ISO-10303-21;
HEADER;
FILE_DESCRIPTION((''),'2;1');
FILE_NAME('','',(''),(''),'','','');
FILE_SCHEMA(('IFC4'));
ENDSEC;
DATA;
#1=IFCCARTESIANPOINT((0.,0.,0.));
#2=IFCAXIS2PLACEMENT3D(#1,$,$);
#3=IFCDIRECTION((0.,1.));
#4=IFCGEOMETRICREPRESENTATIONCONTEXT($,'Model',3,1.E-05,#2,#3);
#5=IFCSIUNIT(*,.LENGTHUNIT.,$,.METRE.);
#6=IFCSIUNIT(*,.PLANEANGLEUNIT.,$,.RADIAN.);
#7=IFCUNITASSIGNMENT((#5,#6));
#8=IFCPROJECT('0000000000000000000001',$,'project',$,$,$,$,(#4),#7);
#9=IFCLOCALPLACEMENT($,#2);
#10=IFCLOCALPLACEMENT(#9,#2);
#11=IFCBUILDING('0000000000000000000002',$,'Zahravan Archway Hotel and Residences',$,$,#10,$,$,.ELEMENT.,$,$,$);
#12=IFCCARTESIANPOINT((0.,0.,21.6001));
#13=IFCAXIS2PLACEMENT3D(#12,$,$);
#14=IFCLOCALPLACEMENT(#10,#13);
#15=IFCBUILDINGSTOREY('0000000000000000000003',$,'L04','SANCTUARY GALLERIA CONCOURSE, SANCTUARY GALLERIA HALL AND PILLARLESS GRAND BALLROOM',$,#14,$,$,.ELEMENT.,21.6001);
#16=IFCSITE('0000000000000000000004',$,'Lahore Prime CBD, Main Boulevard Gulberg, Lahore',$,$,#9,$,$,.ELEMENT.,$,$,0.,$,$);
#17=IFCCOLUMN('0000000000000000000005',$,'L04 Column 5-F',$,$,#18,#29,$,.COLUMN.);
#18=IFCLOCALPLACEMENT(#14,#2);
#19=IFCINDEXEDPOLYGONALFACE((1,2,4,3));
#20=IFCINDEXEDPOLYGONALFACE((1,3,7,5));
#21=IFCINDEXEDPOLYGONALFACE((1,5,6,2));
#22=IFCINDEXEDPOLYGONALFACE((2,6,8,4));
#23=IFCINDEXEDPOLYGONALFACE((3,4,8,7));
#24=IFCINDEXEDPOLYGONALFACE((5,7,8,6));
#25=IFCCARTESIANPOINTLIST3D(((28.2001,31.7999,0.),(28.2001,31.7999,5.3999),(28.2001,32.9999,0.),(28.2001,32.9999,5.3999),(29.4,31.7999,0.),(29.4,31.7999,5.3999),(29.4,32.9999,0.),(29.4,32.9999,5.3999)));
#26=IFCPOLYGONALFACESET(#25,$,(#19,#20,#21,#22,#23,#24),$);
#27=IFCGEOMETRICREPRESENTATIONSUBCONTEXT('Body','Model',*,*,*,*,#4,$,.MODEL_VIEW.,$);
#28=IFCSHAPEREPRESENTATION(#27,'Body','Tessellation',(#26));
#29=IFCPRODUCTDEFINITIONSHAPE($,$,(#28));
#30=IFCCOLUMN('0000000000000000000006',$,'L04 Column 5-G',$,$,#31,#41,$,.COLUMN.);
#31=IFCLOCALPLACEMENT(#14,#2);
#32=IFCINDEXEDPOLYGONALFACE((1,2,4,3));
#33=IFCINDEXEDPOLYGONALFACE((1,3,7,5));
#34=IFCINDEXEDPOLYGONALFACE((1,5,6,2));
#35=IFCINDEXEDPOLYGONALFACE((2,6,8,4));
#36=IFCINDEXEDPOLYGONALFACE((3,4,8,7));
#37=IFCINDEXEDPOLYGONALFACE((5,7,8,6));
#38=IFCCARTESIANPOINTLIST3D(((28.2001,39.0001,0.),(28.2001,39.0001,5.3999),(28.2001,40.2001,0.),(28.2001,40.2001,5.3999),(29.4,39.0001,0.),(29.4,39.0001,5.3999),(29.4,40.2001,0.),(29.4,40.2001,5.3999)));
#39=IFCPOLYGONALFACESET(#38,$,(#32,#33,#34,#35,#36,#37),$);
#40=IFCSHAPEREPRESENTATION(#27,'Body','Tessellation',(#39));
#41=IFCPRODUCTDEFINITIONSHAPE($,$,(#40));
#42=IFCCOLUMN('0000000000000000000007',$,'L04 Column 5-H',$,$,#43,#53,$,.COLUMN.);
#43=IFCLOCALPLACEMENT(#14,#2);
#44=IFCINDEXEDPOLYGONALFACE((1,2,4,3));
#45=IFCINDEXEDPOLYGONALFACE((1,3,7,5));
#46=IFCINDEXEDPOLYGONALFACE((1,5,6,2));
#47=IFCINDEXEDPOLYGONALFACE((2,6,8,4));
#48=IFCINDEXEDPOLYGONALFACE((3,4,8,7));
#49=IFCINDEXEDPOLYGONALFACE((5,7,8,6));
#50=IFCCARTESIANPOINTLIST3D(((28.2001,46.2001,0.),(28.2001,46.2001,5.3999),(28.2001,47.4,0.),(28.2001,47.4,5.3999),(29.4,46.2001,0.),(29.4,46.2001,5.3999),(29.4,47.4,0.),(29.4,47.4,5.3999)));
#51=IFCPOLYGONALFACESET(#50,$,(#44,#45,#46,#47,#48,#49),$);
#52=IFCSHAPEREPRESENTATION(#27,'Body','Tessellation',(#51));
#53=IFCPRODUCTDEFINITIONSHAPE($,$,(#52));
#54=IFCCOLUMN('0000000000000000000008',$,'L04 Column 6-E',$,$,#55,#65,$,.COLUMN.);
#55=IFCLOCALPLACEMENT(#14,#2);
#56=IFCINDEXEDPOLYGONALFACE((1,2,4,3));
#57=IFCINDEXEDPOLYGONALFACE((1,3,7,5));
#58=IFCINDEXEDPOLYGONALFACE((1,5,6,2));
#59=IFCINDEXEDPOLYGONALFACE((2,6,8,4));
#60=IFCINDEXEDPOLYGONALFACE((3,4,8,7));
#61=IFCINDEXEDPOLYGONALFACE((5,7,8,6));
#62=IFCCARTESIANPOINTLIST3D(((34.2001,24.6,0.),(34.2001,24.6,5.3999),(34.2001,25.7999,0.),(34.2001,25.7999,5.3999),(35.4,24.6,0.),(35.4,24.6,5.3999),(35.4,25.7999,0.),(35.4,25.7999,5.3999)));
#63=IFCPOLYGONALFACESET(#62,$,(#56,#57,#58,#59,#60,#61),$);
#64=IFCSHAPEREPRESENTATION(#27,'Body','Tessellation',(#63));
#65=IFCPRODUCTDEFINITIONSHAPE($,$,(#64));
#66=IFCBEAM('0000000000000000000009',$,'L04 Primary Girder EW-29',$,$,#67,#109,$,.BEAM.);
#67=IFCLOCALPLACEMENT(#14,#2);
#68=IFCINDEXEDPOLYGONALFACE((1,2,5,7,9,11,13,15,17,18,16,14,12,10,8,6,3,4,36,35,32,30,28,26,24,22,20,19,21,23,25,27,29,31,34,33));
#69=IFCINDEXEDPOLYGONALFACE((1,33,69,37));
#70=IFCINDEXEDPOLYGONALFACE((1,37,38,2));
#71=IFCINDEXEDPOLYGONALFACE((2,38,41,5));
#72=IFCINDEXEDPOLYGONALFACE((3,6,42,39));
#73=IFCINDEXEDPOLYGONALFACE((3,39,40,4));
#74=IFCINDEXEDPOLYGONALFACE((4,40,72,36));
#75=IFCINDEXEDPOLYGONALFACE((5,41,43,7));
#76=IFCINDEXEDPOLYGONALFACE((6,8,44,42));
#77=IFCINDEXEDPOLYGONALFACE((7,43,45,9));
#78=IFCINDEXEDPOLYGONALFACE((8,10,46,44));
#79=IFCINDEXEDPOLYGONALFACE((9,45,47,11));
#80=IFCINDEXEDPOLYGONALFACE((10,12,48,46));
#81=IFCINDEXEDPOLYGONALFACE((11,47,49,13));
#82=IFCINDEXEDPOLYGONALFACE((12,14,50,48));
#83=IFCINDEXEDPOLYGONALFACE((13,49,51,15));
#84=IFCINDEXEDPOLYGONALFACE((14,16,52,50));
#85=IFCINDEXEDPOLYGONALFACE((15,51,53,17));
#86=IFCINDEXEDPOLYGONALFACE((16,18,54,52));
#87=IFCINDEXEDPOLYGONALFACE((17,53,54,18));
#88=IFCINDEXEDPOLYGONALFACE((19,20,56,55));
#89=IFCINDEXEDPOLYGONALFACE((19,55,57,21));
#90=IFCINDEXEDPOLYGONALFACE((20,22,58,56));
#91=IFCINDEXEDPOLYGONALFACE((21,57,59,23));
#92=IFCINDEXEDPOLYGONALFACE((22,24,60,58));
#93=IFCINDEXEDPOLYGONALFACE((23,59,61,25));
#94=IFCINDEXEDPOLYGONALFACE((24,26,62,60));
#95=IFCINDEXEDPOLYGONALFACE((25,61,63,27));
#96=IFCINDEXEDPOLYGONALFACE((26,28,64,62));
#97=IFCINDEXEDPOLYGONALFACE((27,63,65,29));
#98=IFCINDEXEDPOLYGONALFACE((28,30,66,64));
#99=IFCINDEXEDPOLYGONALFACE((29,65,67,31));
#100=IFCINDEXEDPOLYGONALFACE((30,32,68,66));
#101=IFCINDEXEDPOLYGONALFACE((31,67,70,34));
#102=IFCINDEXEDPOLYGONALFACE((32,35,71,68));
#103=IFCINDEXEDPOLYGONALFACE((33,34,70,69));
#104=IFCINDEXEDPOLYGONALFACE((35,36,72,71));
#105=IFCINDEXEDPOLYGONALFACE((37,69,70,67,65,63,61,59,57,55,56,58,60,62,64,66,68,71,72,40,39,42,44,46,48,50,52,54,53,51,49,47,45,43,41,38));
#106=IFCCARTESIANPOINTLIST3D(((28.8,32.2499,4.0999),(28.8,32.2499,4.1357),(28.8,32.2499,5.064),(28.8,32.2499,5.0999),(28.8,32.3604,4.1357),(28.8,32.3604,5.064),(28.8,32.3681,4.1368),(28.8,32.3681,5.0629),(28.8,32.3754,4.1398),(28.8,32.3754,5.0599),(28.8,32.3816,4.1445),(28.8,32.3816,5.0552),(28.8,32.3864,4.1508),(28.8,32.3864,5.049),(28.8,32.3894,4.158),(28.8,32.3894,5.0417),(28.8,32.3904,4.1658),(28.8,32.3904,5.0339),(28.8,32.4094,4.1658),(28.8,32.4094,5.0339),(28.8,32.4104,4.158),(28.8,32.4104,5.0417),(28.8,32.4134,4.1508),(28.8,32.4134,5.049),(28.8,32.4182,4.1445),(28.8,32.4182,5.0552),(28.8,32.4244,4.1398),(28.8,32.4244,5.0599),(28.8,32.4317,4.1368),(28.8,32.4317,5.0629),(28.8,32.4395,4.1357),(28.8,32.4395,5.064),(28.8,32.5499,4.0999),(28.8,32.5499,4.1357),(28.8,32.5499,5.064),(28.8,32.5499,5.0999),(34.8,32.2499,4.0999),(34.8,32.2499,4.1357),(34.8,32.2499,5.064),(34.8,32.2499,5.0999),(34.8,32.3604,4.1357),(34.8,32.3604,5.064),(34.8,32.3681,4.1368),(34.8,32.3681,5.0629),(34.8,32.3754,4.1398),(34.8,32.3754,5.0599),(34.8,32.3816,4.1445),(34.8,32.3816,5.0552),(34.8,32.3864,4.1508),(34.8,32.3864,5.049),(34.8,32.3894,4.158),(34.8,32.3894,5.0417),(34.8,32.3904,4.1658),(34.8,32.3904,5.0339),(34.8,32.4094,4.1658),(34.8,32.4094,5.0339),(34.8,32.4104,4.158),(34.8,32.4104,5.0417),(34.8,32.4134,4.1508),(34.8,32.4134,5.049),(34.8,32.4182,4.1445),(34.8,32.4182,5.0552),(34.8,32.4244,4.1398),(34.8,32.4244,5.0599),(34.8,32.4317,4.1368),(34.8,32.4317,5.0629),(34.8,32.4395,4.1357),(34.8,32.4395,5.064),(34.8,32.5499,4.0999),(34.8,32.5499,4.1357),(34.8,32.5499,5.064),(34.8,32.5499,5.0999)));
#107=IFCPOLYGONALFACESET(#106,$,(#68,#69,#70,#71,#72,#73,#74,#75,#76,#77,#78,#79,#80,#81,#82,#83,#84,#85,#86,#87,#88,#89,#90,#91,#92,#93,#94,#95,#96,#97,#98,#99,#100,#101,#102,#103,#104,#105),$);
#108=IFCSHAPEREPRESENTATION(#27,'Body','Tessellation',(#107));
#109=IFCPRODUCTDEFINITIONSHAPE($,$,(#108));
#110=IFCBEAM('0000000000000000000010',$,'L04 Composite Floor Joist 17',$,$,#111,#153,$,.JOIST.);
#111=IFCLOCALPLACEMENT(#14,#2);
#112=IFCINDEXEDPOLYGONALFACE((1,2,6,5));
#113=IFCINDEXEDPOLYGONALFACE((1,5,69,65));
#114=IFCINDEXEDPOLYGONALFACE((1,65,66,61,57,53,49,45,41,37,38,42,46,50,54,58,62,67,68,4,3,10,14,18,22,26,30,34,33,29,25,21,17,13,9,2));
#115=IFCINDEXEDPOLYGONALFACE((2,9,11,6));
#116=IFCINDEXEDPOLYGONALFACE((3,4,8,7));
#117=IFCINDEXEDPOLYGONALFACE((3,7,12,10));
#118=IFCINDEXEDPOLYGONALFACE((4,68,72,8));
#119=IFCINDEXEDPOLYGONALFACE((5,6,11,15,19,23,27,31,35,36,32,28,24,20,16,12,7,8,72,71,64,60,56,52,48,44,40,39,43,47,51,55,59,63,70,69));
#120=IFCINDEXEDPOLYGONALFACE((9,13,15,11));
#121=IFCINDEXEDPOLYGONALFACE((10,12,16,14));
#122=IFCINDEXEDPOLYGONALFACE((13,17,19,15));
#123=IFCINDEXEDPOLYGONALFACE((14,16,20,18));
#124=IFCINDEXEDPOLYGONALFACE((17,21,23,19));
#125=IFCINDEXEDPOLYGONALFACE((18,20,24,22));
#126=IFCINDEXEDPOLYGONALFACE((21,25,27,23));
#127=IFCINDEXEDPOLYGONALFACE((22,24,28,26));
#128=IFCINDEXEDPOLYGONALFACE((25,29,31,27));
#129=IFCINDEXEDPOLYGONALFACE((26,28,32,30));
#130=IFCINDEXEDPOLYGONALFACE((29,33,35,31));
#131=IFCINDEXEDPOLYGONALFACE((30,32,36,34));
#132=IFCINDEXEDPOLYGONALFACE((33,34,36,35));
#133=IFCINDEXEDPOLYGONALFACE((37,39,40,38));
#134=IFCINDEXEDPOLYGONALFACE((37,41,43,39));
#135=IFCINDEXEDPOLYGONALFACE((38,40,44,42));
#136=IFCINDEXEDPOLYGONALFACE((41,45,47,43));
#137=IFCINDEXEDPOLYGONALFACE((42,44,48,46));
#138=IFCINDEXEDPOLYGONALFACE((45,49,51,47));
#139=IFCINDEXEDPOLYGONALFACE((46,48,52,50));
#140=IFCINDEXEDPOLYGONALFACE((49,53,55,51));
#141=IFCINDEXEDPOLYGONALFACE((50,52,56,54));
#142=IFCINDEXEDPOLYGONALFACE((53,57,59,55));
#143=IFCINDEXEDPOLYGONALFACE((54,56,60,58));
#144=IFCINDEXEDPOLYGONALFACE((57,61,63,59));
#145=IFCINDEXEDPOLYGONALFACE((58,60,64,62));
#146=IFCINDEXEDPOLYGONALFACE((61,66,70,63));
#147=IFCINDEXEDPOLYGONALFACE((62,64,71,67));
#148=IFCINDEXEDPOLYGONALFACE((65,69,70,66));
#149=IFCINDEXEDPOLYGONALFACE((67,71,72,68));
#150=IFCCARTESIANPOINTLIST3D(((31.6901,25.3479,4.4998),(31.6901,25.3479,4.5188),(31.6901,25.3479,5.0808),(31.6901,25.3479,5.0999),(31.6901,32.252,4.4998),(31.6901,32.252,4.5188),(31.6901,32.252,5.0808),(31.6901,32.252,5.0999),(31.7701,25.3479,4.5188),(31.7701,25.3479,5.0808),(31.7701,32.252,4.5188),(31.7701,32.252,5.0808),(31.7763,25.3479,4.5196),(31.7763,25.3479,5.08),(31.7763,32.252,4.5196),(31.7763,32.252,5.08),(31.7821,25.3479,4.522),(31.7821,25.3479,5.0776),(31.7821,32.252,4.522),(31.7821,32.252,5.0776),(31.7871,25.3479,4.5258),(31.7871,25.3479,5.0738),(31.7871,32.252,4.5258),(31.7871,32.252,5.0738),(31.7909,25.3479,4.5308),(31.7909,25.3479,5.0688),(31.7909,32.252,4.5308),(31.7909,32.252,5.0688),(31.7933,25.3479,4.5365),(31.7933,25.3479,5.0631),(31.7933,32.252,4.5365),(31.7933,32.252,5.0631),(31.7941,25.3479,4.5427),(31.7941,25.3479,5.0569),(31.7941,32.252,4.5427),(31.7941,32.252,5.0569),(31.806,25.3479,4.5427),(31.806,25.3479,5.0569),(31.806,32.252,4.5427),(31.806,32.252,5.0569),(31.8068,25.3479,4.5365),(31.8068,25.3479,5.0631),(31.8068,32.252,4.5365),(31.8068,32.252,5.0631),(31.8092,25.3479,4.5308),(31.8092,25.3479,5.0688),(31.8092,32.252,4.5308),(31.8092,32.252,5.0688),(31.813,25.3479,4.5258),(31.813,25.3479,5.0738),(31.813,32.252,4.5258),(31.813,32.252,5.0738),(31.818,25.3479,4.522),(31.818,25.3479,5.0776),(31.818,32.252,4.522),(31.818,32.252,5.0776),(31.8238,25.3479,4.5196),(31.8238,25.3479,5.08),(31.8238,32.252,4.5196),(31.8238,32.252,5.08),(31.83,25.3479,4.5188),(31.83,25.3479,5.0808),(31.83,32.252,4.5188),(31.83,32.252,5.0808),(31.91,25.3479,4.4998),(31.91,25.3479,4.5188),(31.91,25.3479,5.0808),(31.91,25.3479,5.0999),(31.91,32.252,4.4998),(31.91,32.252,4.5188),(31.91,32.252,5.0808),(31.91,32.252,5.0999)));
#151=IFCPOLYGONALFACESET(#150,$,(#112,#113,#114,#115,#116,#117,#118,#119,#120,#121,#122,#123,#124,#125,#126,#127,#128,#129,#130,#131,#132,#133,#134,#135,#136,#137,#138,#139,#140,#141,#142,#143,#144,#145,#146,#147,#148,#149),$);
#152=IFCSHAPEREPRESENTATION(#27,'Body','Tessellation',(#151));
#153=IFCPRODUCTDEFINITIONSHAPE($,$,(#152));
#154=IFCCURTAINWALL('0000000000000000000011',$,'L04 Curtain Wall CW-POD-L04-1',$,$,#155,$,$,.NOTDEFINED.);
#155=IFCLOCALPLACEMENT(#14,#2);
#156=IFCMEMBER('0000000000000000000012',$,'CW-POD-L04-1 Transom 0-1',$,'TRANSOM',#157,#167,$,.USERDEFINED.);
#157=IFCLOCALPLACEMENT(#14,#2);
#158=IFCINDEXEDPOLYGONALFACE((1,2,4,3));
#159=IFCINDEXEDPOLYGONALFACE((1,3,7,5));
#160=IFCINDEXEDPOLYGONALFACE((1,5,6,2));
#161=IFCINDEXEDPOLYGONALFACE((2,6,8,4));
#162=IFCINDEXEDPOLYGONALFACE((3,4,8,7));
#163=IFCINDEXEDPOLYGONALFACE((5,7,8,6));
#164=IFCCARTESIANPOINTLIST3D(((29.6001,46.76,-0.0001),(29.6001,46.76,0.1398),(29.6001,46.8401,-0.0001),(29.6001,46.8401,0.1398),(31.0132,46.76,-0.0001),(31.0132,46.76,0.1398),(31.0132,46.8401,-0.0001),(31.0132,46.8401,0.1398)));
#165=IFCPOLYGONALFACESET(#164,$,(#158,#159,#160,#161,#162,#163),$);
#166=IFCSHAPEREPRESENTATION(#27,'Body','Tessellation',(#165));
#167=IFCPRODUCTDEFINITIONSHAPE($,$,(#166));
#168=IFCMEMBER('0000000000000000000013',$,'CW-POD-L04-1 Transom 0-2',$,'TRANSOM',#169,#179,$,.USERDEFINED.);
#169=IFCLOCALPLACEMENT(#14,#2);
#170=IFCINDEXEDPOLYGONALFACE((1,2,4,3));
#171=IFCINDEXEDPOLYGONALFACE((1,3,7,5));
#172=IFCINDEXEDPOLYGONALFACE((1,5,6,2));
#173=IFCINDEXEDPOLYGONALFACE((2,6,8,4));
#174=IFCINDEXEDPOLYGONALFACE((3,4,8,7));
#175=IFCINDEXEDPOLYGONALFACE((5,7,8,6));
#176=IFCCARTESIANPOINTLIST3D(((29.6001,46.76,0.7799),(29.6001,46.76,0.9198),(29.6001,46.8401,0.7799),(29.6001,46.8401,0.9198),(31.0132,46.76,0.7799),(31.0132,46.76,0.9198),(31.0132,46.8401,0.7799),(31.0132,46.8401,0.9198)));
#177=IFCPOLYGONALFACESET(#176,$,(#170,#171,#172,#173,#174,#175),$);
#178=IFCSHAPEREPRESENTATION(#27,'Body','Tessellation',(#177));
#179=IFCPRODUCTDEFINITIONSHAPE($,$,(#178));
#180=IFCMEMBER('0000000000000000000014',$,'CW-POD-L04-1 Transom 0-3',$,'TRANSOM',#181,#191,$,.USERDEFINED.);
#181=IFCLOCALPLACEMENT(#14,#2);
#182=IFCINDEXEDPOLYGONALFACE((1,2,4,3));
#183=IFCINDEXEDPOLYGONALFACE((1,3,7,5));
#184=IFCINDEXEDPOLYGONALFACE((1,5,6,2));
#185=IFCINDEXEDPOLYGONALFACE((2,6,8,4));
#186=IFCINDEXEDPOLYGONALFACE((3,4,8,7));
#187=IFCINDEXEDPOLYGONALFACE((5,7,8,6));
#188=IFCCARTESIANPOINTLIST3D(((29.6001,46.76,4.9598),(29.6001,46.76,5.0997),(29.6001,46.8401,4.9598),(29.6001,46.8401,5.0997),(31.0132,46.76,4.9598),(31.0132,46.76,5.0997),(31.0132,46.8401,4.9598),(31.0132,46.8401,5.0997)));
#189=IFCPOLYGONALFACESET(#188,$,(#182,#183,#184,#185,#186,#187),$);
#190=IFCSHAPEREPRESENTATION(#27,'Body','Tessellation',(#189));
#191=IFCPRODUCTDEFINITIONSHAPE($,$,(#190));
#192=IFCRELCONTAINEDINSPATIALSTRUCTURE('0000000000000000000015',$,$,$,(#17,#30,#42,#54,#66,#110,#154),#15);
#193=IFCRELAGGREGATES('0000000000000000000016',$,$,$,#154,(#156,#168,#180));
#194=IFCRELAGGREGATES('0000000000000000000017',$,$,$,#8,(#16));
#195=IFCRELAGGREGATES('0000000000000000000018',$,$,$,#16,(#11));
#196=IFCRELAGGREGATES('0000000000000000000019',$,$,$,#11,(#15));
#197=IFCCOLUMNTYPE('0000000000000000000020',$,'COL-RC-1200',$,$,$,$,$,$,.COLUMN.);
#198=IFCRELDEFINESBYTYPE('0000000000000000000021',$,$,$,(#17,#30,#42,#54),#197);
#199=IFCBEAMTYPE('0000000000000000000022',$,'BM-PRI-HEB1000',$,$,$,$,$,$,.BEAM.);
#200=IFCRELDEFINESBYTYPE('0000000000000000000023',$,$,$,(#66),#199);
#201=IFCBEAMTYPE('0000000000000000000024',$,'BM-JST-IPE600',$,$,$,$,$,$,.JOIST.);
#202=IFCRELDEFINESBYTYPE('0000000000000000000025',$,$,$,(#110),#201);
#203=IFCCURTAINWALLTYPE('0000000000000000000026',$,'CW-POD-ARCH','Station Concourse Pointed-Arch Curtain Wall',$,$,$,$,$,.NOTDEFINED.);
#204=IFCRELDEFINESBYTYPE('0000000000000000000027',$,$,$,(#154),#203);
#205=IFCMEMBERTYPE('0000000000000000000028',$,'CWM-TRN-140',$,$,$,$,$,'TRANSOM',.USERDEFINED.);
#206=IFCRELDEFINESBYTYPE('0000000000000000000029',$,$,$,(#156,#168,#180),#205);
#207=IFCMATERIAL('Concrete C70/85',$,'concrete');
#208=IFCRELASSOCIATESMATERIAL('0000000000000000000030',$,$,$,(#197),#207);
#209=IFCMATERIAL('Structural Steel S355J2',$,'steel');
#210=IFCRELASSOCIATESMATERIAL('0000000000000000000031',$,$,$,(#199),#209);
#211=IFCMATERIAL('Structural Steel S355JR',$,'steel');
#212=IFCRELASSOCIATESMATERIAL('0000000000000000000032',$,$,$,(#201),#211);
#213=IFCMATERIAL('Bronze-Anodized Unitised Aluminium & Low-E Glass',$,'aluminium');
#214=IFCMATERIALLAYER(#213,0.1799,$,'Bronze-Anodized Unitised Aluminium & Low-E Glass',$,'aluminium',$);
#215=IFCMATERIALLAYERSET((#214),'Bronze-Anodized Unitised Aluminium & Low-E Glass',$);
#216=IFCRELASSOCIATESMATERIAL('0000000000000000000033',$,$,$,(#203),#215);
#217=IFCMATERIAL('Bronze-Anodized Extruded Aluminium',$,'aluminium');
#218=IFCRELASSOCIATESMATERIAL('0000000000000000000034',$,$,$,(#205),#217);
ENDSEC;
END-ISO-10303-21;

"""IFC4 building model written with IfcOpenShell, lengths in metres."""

from ifc_helpers import new_model, si_unit, direction, frame, origin, origin_2d, place, context, subcontext, project, spatial, rectangle, i_section, extrude, source, transform, mapped, material, layer, layer_set, material_profile, profile_set, type_object, type_shapes, element, aggregate, save


model = new_model("IFC4")

# Units and contexts
model_context = context("Model", 3, precision=1e-05, world=origin(), true_north=direction((0.0, 1.0)))
body_context = subcontext(model_context, "Body", "Model", "MODEL_VIEW")
ifc_project = project(units=[si_unit("LENGTHUNIT", "METRE"), si_unit("PLANEANGLEUNIT", "RADIAN")], contexts=[model_context])

# Site, building, storey
site_placement = place(None, origin())
site = spatial("IfcSite", under=ifc_project, at=site_placement, Name="Lahore Prime CBD, Main Boulevard Gulberg, Lahore", CompositionType="ELEMENT", RefElevation=0.0)
building_placement = place(site_placement, origin())
building = spatial("IfcBuilding", under=site, at=building_placement, Name="Zahravan Archway Hotel and Residences", CompositionType="ELEMENT")
storey_placement = place(building_placement, frame((0.0, 0.0, 21.6001)))
storey = spatial("IfcBuildingStorey", under=building, at=storey_placement, Name="L04", Description="SANCTUARY GALLERIA CONCOURSE, SANCTUARY GALLERIA HALL AND PILLARLESS GRAND BALLROOM", CompositionType="ELEMENT", Elevation=21.6001)

# Columns
ifc_material_1 = material(Name="Concrete C70/85", Category="concrete")
ifc_material_profile_1 = material_profile(ifc_material_1, rectangle(XDim=1.2, YDim=1.2, at=origin_2d()), Name="RC-COL-1200x1200", Category="concrete")
ifc_profile_set_1 = profile_set([ifc_material_profile_1], Name="Concrete C70/85")
column_type = type_object("IfcColumnType", Name="COL-RC-1200", PredefinedType="COLUMN", material=ifc_profile_set_1)
shared_shape_1 = source(origin(), body_context, "Body", "SweptSolid", [
    extrude(rectangle(XDim=1.2, YDim=1.2, at=origin_2d()), origin(), (0.0, 0.0, 1.0), 5.3999),
])
for number, where, z_axis, x_axis, name in (
    (1, (28.8, 32.3999, 0.0), (0.0, 0.0, 1.0), (1.0, 0.0, 0.0), "L04 Column 5-F"),
    (2, (28.8, 39.6001, 0.0), (0.0, 0.0, 1.0), (1.0, 0.0, 0.0), "L04 Column 5-G"),
    (3, (28.8, 46.8, 0.0), (0.0, 0.0, 1.0), (1.0, 0.0, 0.0), "L04 Column 5-H"),
    (4, (34.8, 25.2, 0.0), (0.0, 0.0, 1.0), (1.0, 0.0, 0.0), "L04 Column 6-E"),
):
    element("IfcColumn", number, at=place(storey_placement, frame(where, z_axis=z_axis, x_axis=x_axis)), inside=storey, type_object=column_type, Name=name, PredefinedType="COLUMN", context=body_context, shape_type="MappedRepresentation", body=[
        mapped(shared_shape_1, transform((0.0, 0.0, 0.0), scale=1.0)),
    ])

# Beams
ifc_material_2 = material(Name="Structural Steel S355J2", Category="steel")
ifc_material_profile_2 = material_profile(ifc_material_2, i_section(OverallWidth=0.3, OverallDepth=1.0, WebThickness=0.019, FlangeThickness=0.0359, FilletRadius=0.03, at=origin_2d()), Name="HEB 1000", Category="steel")
ifc_profile_set_2 = profile_set([ifc_material_profile_2], Name="Structural Steel S355J2")
beam_type_1 = type_object("IfcBeamType", Name="BM-PRI-HEB1000", PredefinedType="BEAM", material=ifc_profile_set_2)
shared_shape_2 = source(origin(), body_context, "Body", "SweptSolid", [
    extrude(i_section(OverallWidth=0.3, OverallDepth=1.0, WebThickness=0.019, FlangeThickness=0.0359, FilletRadius=0.03, at=origin_2d()), origin(), (0.0, 0.0, 1.0), 6.0),
])
beam_1_placement = place(storey_placement, frame((28.8, 32.3999, 4.5999), z_axis=(1.0, 0.0, 0.0), x_axis=(0.0, 1.0, 0.0)))
element("IfcBeam", 5, at=beam_1_placement, inside=storey, type_object=beam_type_1, Name="L04 Primary Girder EW-29", PredefinedType="BEAM", context=body_context, shape_type="MappedRepresentation", body=[
    mapped(shared_shape_2, transform((0.0, 0.0, 0.0), scale=1.0)),
])
ifc_material_3 = material(Name="Structural Steel S355JR", Category="steel")
ifc_material_profile_3 = material_profile(ifc_material_3, i_section(OverallWidth=0.22, OverallDepth=0.6001, WebThickness=0.012, FlangeThickness=0.019, FilletRadius=0.0239, at=origin_2d()), Name="IPE 600", Category="steel")
ifc_profile_set_3 = profile_set([ifc_material_profile_3], Name="Structural Steel S355JR")
beam_type_2 = type_object("IfcBeamType", Name="BM-JST-IPE600", PredefinedType="JOIST", material=ifc_profile_set_3)
shared_shape_3 = source(origin(), body_context, "Body", "SweptSolid", [
    extrude(i_section(OverallWidth=0.22, OverallDepth=0.6001, WebThickness=0.012, FlangeThickness=0.019, FilletRadius=0.0239, at=origin_2d()), origin(), (0.0, 0.0, 1.0), 6.9041),
])
type_shapes(beam_type_2, [shared_shape_3])
beam_2_placement = place(storey_placement, frame((31.8, 25.3479, 4.7998), z_axis=(0.0, 1.0, 0.0), x_axis=(-1.0, 0.0, 0.0)))
element("IfcBeam", 6, at=beam_2_placement, inside=storey, type_object=beam_type_2, Name="L04 Composite Floor Joist 17", PredefinedType="JOIST", context=body_context, shape_type="MappedRepresentation", body=[
    mapped(shared_shape_3, transform((0.0, 0.0, 0.0), scale=1.0)),
])

# Curtain wall, members
ifc_material_4 = material(Name="Bronze-Anodized Unitised Aluminium & Low-E Glass", Category="aluminium")
ifc_layer_1 = layer(ifc_material_4, 0.1799, Name="Bronze-Anodized Unitised Aluminium & Low-E Glass", Category="aluminium")
ifc_layer_set_1 = layer_set([ifc_layer_1], Name="Bronze-Anodized Unitised Aluminium & Low-E Glass")
curtain_wall_type = type_object("IfcCurtainWallType", Name="CW-POD-ARCH", Description="Station Concourse Pointed-Arch Curtain Wall", PredefinedType="NOTDEFINED", material=ifc_layer_set_1)
curtain_wall_placement = place(storey_placement, origin())
curtain_wall = element("IfcCurtainWall", 7, at=curtain_wall_placement, inside=storey, type_object=curtain_wall_type, Name="L04 Curtain Wall CW-POD-L04-1", PredefinedType="NOTDEFINED")
ifc_material_5 = material(Name="Bronze-Anodized Extruded Aluminium", Category="aluminium")
ifc_material_profile_4 = material_profile(ifc_material_5, rectangle(XDim=0.0801, YDim=0.1399, at=origin_2d()), Name="TRN 80x140", Category="aluminium")
ifc_profile_set_4 = profile_set([ifc_material_profile_4], Name="Bronze-Anodized Extruded Aluminium")
member_type_1 = type_object("IfcMemberType", Name="CWM-TRN-140", ElementType="TRANSOM", PredefinedType="USERDEFINED", material=ifc_profile_set_4)
shared_shape_4 = source(origin(), body_context, "Body", "SweptSolid", [
    extrude(rectangle(XDim=0.0801, YDim=0.1399, at=origin_2d()), origin(), (0.0, 0.0, 1.0), 1.4131),
])
type_shapes(member_type_1, [shared_shape_4])
member_1_placement = place(storey_placement, frame((29.6001, 46.8, 0.0698), z_axis=(1.0, 0.0, 0.0), x_axis=(0.0, 1.0, 0.0)))
member_1 = element("IfcMember", 8, at=member_1_placement, type_object=member_type_1, Name="CW-POD-L04-1 Transom 0-1", ObjectType="TRANSOM", PredefinedType="USERDEFINED", context=body_context, shape_type="MappedRepresentation", body=[
    mapped(shared_shape_4, transform((0.0, 0.0, 0.0), scale=1.0)),
])
member_2_placement = place(storey_placement, frame((29.6001, 46.8, 0.8499), z_axis=(1.0, 0.0, 0.0), x_axis=(0.0, 1.0, 0.0)))
member_2 = element("IfcMember", 9, at=member_2_placement, type_object=member_type_1, Name="CW-POD-L04-1 Transom 0-2", ObjectType="TRANSOM", PredefinedType="USERDEFINED", context=body_context, shape_type="MappedRepresentation", body=[
    mapped(shared_shape_4, transform((0.0, 0.0, 0.0), scale=1.0)),
])
member_3_placement = place(storey_placement, frame((29.6001, 46.8, 5.0298), z_axis=(1.0, 0.0, 0.0), x_axis=(0.0, 1.0, 0.0)))
member_3 = element("IfcMember", 10, at=member_3_placement, type_object=member_type_1, Name="CW-POD-L04-1 Transom 0-3", ObjectType="TRANSOM", PredefinedType="USERDEFINED", context=body_context, shape_type="MappedRepresentation", body=[
    mapped(shared_shape_4, transform((0.0, 0.0, 0.0), scale=1.0)),
])
aggregate(curtain_wall, [member_1, member_2, member_3])

save(model, "model.ifc")
